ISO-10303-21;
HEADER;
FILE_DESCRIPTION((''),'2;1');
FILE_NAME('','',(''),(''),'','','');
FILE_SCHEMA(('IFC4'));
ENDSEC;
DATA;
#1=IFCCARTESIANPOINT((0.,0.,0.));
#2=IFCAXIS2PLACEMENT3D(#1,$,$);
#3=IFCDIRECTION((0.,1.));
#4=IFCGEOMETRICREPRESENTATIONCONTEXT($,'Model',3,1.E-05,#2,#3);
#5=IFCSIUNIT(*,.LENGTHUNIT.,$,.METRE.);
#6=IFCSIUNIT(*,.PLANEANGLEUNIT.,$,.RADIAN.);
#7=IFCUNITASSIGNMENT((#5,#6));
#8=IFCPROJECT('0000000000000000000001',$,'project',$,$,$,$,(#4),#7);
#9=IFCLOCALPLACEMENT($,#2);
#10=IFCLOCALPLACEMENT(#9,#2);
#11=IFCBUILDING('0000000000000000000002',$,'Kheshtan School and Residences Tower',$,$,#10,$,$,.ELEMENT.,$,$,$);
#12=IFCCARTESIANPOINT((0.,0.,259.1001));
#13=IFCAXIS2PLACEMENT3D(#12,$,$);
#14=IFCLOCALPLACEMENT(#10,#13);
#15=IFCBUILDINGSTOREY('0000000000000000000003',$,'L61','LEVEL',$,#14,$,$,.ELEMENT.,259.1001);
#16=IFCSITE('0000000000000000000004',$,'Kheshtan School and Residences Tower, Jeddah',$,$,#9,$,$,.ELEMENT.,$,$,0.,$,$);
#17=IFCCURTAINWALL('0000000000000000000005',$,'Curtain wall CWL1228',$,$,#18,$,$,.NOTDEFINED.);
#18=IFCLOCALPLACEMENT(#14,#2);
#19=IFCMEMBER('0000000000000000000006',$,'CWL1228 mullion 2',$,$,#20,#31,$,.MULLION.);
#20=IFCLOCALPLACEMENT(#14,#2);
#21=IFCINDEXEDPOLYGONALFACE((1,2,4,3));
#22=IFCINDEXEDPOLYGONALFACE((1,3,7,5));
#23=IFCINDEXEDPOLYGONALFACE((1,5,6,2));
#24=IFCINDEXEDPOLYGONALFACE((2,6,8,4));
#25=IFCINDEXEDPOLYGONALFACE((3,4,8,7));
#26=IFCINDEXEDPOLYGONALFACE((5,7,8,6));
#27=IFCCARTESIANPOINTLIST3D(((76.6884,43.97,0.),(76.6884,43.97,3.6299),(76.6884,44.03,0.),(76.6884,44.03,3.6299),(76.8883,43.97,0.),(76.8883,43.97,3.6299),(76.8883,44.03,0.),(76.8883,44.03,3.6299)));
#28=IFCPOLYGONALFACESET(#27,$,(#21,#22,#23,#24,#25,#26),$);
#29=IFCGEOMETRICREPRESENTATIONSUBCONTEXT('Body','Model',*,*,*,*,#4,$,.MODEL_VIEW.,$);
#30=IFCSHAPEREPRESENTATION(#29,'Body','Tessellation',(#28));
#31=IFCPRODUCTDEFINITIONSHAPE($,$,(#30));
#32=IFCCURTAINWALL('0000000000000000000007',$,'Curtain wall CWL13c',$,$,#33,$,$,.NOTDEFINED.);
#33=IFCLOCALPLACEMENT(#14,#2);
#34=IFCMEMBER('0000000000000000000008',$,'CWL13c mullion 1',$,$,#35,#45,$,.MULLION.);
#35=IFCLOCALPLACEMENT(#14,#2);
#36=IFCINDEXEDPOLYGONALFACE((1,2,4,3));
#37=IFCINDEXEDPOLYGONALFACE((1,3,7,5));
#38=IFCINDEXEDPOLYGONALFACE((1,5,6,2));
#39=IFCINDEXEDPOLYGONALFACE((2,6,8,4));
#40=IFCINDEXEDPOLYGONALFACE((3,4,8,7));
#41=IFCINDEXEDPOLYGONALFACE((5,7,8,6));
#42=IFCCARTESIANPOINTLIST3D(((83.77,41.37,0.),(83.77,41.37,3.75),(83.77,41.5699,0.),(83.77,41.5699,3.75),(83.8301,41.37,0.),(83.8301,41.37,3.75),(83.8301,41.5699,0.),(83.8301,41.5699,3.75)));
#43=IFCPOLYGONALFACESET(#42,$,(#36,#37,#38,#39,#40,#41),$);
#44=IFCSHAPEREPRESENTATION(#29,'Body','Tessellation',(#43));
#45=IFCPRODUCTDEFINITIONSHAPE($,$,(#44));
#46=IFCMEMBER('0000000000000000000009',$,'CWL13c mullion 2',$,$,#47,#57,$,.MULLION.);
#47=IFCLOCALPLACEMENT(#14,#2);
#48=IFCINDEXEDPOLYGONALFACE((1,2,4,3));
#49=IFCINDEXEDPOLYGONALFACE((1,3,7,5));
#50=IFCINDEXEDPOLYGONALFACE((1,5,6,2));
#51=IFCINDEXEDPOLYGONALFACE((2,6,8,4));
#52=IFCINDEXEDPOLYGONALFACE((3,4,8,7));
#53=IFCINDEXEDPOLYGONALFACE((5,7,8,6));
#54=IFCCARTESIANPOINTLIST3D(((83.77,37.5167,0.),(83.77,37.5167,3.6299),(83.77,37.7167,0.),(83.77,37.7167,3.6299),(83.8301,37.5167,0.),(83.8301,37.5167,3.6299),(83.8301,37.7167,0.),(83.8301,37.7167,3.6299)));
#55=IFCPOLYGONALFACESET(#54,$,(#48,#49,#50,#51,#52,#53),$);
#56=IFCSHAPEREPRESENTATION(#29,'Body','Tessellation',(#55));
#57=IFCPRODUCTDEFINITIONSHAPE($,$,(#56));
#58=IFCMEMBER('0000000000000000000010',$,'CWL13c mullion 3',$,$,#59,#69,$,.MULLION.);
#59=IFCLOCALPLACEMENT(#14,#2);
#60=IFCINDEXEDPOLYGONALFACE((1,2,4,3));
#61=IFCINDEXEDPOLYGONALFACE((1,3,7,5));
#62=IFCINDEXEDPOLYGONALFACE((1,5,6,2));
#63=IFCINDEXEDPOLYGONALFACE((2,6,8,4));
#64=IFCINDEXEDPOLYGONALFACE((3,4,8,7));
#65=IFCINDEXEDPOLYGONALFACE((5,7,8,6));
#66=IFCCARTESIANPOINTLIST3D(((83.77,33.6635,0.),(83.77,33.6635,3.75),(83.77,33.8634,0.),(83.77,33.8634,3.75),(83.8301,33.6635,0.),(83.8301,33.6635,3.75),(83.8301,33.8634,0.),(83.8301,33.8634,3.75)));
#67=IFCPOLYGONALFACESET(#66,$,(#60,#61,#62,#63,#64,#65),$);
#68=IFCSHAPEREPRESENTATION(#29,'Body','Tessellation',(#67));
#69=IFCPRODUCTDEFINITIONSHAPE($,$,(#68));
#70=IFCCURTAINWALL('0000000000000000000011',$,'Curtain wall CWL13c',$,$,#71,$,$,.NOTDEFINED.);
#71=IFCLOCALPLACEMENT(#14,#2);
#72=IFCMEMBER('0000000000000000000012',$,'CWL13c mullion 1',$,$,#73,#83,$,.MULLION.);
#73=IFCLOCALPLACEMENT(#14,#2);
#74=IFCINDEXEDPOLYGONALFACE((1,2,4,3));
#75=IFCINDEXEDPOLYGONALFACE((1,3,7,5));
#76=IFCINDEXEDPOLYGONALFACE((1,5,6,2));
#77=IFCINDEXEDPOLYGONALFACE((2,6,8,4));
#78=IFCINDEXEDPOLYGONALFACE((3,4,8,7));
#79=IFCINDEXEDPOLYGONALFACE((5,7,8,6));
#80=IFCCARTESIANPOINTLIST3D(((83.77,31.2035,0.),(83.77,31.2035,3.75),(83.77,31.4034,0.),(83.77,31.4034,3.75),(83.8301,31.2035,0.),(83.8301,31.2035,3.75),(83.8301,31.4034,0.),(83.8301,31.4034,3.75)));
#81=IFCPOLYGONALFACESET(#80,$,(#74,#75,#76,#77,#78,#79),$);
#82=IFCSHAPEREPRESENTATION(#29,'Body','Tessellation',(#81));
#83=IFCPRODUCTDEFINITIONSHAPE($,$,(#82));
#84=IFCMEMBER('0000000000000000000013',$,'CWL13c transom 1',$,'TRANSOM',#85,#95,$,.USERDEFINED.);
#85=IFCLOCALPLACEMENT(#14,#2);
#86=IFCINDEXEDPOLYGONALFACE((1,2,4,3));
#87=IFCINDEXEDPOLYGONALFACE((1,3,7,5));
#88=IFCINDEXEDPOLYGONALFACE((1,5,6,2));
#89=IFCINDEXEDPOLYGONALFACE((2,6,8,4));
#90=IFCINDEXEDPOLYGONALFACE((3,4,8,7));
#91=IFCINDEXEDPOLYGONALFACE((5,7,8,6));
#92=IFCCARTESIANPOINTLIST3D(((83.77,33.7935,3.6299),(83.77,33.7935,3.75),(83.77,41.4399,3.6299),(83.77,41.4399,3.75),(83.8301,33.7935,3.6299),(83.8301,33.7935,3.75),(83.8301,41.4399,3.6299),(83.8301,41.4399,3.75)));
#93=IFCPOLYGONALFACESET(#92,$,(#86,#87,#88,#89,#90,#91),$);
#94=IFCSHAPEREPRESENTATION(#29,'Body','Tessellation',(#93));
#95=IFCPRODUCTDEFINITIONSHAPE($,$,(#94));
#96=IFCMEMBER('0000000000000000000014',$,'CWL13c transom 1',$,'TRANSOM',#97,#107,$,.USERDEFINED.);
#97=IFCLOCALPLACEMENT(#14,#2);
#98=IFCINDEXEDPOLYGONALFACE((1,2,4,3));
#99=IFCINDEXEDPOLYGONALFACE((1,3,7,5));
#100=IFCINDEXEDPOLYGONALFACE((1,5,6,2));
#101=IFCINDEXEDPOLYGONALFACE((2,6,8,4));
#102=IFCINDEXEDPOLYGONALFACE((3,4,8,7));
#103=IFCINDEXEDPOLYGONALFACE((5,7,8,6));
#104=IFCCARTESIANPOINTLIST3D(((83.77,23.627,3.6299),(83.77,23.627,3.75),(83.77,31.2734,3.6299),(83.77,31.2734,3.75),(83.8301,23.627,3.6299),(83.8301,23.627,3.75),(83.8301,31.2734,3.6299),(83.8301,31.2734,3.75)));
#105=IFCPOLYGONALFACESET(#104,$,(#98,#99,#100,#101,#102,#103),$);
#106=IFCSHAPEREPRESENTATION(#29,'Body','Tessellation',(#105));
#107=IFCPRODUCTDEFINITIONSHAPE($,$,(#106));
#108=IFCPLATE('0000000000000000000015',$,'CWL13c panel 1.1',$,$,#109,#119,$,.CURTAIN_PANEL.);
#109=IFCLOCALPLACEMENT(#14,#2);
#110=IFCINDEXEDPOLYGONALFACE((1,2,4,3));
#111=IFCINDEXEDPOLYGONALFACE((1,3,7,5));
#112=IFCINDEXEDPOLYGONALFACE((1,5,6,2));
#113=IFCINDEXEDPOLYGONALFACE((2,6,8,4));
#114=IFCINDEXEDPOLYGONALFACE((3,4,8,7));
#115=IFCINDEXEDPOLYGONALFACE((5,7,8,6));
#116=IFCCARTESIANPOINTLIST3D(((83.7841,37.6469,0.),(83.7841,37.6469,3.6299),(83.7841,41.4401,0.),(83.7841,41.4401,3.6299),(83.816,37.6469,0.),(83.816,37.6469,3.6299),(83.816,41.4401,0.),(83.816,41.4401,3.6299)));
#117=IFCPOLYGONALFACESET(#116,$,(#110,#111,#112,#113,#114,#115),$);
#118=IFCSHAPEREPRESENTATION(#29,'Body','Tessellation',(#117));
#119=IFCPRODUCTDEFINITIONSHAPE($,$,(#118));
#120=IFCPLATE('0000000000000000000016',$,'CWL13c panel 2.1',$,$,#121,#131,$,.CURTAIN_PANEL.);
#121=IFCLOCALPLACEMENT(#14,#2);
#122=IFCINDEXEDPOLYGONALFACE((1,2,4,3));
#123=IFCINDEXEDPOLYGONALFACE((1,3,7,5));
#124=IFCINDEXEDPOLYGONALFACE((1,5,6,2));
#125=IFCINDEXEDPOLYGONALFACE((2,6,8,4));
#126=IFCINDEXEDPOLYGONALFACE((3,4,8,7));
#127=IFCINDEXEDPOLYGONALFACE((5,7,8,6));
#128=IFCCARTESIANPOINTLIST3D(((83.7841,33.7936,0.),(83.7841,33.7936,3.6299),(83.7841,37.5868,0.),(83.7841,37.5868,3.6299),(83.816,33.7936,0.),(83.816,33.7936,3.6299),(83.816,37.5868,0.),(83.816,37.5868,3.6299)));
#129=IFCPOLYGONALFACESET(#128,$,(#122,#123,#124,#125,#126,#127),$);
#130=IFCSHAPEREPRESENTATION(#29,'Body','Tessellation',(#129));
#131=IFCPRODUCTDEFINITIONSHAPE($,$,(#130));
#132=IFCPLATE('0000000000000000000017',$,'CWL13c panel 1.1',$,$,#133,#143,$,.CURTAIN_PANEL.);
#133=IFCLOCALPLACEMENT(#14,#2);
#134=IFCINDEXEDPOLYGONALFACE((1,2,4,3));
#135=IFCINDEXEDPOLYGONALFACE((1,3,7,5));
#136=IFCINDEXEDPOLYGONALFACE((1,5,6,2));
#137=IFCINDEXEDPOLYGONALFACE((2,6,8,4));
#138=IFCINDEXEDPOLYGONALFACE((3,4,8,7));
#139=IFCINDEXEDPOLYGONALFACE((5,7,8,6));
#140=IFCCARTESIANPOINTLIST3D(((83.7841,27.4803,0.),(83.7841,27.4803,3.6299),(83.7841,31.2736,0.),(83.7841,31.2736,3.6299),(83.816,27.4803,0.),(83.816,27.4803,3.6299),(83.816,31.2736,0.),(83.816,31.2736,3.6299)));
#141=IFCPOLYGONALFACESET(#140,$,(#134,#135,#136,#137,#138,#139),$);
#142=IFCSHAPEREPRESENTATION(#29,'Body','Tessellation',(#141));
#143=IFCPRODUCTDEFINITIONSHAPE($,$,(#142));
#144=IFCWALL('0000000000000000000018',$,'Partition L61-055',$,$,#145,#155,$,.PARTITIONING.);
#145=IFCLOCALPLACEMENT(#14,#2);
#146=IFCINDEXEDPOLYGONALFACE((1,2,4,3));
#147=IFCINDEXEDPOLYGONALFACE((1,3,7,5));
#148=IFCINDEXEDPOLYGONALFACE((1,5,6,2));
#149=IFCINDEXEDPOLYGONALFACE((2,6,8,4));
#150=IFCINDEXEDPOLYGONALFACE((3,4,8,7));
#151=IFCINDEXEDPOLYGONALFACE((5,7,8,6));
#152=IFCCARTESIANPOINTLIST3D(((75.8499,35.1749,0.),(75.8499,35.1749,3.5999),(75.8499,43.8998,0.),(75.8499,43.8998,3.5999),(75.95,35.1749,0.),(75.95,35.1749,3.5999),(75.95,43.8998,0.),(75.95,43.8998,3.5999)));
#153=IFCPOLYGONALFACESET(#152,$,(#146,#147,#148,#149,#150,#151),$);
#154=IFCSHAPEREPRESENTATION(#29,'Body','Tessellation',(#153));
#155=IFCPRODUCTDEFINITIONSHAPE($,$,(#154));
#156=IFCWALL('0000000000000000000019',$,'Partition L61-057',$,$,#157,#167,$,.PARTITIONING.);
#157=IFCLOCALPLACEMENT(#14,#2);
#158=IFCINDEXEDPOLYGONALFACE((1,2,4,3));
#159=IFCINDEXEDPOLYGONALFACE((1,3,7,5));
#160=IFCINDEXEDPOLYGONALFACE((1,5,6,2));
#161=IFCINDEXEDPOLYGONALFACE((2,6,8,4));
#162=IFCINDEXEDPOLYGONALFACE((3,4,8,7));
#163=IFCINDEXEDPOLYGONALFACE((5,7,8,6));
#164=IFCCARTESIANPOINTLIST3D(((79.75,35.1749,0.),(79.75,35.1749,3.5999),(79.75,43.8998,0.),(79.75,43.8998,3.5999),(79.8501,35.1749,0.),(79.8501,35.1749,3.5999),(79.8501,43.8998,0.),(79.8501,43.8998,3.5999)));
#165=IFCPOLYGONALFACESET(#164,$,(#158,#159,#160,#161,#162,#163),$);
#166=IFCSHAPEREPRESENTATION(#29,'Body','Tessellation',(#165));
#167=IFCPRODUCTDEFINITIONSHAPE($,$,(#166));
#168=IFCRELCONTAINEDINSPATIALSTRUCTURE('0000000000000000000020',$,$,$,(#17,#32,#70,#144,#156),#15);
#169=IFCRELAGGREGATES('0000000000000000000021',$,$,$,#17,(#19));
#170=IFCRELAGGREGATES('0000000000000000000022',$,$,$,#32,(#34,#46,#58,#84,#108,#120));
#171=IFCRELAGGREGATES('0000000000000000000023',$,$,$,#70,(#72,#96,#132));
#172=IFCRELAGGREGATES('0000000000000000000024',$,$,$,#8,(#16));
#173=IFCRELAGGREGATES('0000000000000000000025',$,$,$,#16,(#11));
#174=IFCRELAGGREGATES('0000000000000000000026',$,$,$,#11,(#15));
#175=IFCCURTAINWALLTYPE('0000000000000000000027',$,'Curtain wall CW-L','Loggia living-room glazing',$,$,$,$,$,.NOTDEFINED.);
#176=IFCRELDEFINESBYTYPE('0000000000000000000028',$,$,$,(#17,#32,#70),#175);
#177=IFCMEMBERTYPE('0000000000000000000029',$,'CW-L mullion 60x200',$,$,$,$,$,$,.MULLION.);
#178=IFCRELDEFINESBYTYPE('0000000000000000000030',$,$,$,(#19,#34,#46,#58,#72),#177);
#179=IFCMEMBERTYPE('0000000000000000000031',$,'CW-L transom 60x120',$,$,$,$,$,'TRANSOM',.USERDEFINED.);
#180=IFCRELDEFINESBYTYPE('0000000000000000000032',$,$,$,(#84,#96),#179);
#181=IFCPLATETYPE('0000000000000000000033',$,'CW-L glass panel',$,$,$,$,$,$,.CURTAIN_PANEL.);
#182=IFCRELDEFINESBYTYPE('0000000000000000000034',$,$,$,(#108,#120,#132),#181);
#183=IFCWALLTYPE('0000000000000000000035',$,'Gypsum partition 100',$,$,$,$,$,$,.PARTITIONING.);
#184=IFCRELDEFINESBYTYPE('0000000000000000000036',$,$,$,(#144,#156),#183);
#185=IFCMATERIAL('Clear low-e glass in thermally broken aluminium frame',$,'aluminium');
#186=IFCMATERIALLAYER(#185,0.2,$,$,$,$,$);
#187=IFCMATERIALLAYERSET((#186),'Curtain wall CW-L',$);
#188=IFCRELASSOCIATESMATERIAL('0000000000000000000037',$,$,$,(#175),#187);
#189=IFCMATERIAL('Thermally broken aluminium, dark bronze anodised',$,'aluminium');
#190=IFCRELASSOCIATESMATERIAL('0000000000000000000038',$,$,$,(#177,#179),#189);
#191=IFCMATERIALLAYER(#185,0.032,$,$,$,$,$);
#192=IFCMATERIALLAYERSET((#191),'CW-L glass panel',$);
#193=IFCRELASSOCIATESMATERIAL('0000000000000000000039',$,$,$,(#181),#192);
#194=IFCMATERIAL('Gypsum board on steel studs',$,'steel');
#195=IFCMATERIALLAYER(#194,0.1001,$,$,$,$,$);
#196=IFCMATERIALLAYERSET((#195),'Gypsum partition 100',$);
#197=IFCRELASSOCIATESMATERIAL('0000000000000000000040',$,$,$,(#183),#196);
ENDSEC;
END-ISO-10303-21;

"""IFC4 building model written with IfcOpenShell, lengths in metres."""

from ifc_helpers import new_model, si_unit, direction, frame, frame_2d, origin, origin_2d, place, context, subcontext, project, spatial, rectangle, extrude, material, layer, layer_set, material_profile, profile_set, type_object, element, aggregate, save


model = new_model("IFC4")

# Units and contexts
model_context = context("Model", 3, precision=1e-05, world=origin(), true_north=direction((0.0, 1.0)))
body_context = subcontext(model_context, "Body", "Model", "MODEL_VIEW")
ifc_project = project(units=[si_unit("LENGTHUNIT", "METRE"), si_unit("PLANEANGLEUNIT", "RADIAN")], contexts=[model_context])

# Site, building, storey
site_placement = place(None, origin())
site = spatial("IfcSite", under=ifc_project, at=site_placement, Name="Kheshtan School and Residences Tower, Jeddah", CompositionType="ELEMENT", RefElevation=0.0)
building_placement = place(site_placement, origin())
building = spatial("IfcBuilding", under=site, at=building_placement, Name="Kheshtan School and Residences Tower", CompositionType="ELEMENT")
storey_placement = place(building_placement, frame((0.0, 0.0, 259.1001)))
storey = spatial("IfcBuildingStorey", under=building, at=storey_placement, Name="L61", Description="LEVEL", CompositionType="ELEMENT", Elevation=259.1001)

# Curtain wall, member
ifc_material_1 = material(Name="Clear low-e glass in thermally broken aluminium frame", Category="aluminium")
ifc_layer_1 = layer(ifc_material_1, 0.2)
ifc_layer_set_1 = layer_set([ifc_layer_1], Name="Curtain wall CW-L")
curtain_wall_type = type_object("IfcCurtainWallType", Name="Curtain wall CW-L", Description="Loggia living-room glazing", PredefinedType="NOTDEFINED", material=ifc_layer_set_1)
curtain_wall_1_placement = place(storey_placement, origin())
curtain_wall_1 = element("IfcCurtainWall", 1, at=curtain_wall_1_placement, inside=storey, type_object=curtain_wall_type, Name="Curtain wall CWL1228", PredefinedType="NOTDEFINED")
ifc_material_2 = material(Name="Thermally broken aluminium, dark bronze anodised", Category="aluminium")
ifc_material_profile_1 = material_profile(ifc_material_2, rectangle(XDim=0.0601, YDim=0.2, at=origin_2d()), Name="CW-L mullion 60x200")
ifc_profile_set_1 = profile_set([ifc_material_profile_1], Name="Thermally broken aluminium, dark bronze anodised")
member_type_1 = type_object("IfcMemberType", Name="CW-L mullion 60x200", PredefinedType="MULLION", material=ifc_profile_set_1)
member_1_placement = place(storey_placement, frame((76.7883, 44.0, 0.0), z_axis=(0.0, 0.0, 1.0), x_axis=(0.0, 1.0, 0.0)))
member_1 = element("IfcMember", 2, at=member_1_placement, type_object=member_type_1, Name="CWL1228 mullion 2", PredefinedType="MULLION", context=body_context, shape_type="SweptSolid", body=[
    extrude(rectangle(XDim=0.0601, YDim=0.2, at=origin_2d()), origin(), (0.0, 0.0, 1.0), 3.6299),
])
aggregate(curtain_wall_1, [member_1])

# Curtain wall, members
curtain_wall_2_placement = place(storey_placement, origin())
curtain_wall_2 = element("IfcCurtainWall", 3, at=curtain_wall_2_placement, inside=storey, type_object=curtain_wall_type, Name="Curtain wall CWL13c", PredefinedType="NOTDEFINED")
member_2_placement = place(storey_placement, frame((83.8, 41.47, 0.0), z_axis=(0.0, 0.0, 1.0), x_axis=(1.0, 0.0, 0.0)))
member_2 = element("IfcMember", 4, at=member_2_placement, type_object=member_type_1, Name="CWL13c mullion 1", PredefinedType="MULLION", context=body_context, shape_type="SweptSolid", body=[
    extrude(rectangle(XDim=0.0601, YDim=0.2, at=origin_2d()), origin(), (0.0, 0.0, 1.0), 3.75),
])
member_3_placement = place(storey_placement, frame((83.8, 37.6167, 0.0), z_axis=(0.0, 0.0, 1.0), x_axis=(1.0, 0.0, 0.0)))
member_3 = element("IfcMember", 5, at=member_3_placement, type_object=member_type_1, Name="CWL13c mullion 2", PredefinedType="MULLION", context=body_context, shape_type="SweptSolid", body=[
    extrude(rectangle(XDim=0.0601, YDim=0.2, at=origin_2d()), origin(), (0.0, 0.0, 1.0), 3.6299),
])
member_4_placement = place(storey_placement, frame((83.8, 33.7634, 0.0), z_axis=(0.0, 0.0, 1.0), x_axis=(1.0, 0.0, 0.0)))
member_4 = element("IfcMember", 6, at=member_4_placement, type_object=member_type_1, Name="CWL13c mullion 3", PredefinedType="MULLION", context=body_context, shape_type="SweptSolid", body=[
    extrude(rectangle(XDim=0.0601, YDim=0.2, at=origin_2d()), origin(), (0.0, 0.0, 1.0), 3.75),
])

# Curtain wall, member
curtain_wall_3_placement = place(storey_placement, origin())
curtain_wall_3 = element("IfcCurtainWall", 7, at=curtain_wall_3_placement, inside=storey, type_object=curtain_wall_type, Name="Curtain wall CWL13c", PredefinedType="NOTDEFINED")
member_5_placement = place(storey_placement, frame((83.8, 31.3035, 0.0), z_axis=(0.0, 0.0, 1.0), x_axis=(1.0, 0.0, 0.0)))
member_5 = element("IfcMember", 8, at=member_5_placement, type_object=member_type_1, Name="CWL13c mullion 1", PredefinedType="MULLION", context=body_context, shape_type="SweptSolid", body=[
    extrude(rectangle(XDim=0.0601, YDim=0.2, at=origin_2d()), origin(), (0.0, 0.0, 1.0), 3.75),
])

# Members
ifc_material_profile_2 = material_profile(ifc_material_2, rectangle(XDim=0.0601, YDim=0.1201, at=origin_2d()), Name="CW-L transom 60x120")
ifc_profile_set_2 = profile_set([ifc_material_profile_2], Name="Thermally broken aluminium, dark bronze anodised")
member_type_2 = type_object("IfcMemberType", Name="CW-L transom 60x120", ElementType="TRANSOM", PredefinedType="USERDEFINED", material=ifc_profile_set_2)
member_6_placement = place(storey_placement, frame((83.8, 41.4399, 3.6899), z_axis=(0.0, -1.0, 0.0), x_axis=(1.0, 0.0, 0.0)))
member_6 = element("IfcMember", 9, at=member_6_placement, type_object=member_type_2, Name="CWL13c transom 1", ObjectType="TRANSOM", PredefinedType="USERDEFINED", context=body_context, shape_type="SweptSolid", body=[
    extrude(rectangle(XDim=0.0601, YDim=0.1201, at=origin_2d()), origin(), (0.0, 0.0, 1.0), 7.6465),
])
member_7_placement = place(storey_placement, frame((83.8, 31.2734, 3.6899), z_axis=(0.0, -1.0, 0.0), x_axis=(1.0, 0.0, 0.0)))
member_7 = element("IfcMember", 10, at=member_7_placement, type_object=member_type_2, Name="CWL13c transom 1", ObjectType="TRANSOM", PredefinedType="USERDEFINED", context=body_context, shape_type="SweptSolid", body=[
    extrude(rectangle(XDim=0.0601, YDim=0.1201, at=origin_2d()), origin(), (0.0, 0.0, 1.0), 7.6465),
])

# Plates
ifc_layer_2 = layer(ifc_material_1, 0.032)
ifc_layer_set_2 = layer_set([ifc_layer_2], Name="CW-L glass panel")
plate_type = type_object("IfcPlateType", Name="CW-L glass panel", PredefinedType="CURTAIN_PANEL", material=ifc_layer_set_2)
plate_1_placement = place(storey_placement, frame((83.8, 39.5435, 0.0), z_axis=(0.0, 0.0, 1.0), x_axis=(0.0, -1.0, 0.0)))
plate_1 = element("IfcPlate", 11, at=plate_1_placement, type_object=plate_type, Name="CWL13c panel 1.1", PredefinedType="CURTAIN_PANEL", context=body_context, shape_type="SweptSolid", body=[
    extrude(rectangle(XDim=3.7932, YDim=0.032, at=origin_2d()), origin(), (0.0, 0.0, 1.0), 3.6299),
])
plate_2_placement = place(storey_placement, frame((83.8, 35.6902, 0.0), z_axis=(0.0, 0.0, 1.0), x_axis=(0.0, -1.0, 0.0)))
plate_2 = element("IfcPlate", 12, at=plate_2_placement, type_object=plate_type, Name="CWL13c panel 2.1", PredefinedType="CURTAIN_PANEL", context=body_context, shape_type="SweptSolid", body=[
    extrude(rectangle(XDim=3.7932, YDim=0.032, at=origin_2d()), origin(), (0.0, 0.0, 1.0), 3.6299),
])
aggregate(curtain_wall_2, [member_2, member_3, member_4, member_6, plate_1, plate_2])
plate_3_placement = place(storey_placement, frame((83.8, 29.377, 0.0), z_axis=(0.0, 0.0, 1.0), x_axis=(0.0, -1.0, 0.0)))
plate_3 = element("IfcPlate", 13, at=plate_3_placement, type_object=plate_type, Name="CWL13c panel 1.1", PredefinedType="CURTAIN_PANEL", context=body_context, shape_type="SweptSolid", body=[
    extrude(rectangle(XDim=3.7932, YDim=0.032, at=origin_2d()), origin(), (0.0, 0.0, 1.0), 3.6299),
])
aggregate(curtain_wall_3, [member_5, member_7, plate_3])

# Walls
ifc_material_3 = material(Name="Gypsum board on steel studs", Category="steel")
ifc_layer_3 = layer(ifc_material_3, 0.1001)
ifc_layer_set_3 = layer_set([ifc_layer_3], Name="Gypsum partition 100")
wall_type_1 = type_object("IfcWallType", Name="Gypsum partition 100", PredefinedType="PARTITIONING", material=ifc_layer_set_3)
for number, where, z_axis, x_axis, name in (
    (14, (75.8999, 35.175, 0.0), (0.0, 0.0, 1.0), (0.0, 1.0, 0.0), "Partition L61-055"),
    (15, (79.8, 35.175, 0.0), (0.0, 0.0, 1.0), (0.0, 1.0, 0.0), "Partition L61-057"),
):
    element("IfcWall", number, at=place(storey_placement, frame(where, z_axis=z_axis, x_axis=x_axis)), inside=storey, type_object=wall_type_1, Name=name, PredefinedType="PARTITIONING", context=body_context, shape_type="SweptSolid", body=[
        extrude(rectangle(XDim=8.7249, YDim=0.1001, at=frame_2d((4.3623, 0.0))), origin(), (0.0, 0.0, 1.0), 3.5999),
    ])

save(model, "model.ifc")
